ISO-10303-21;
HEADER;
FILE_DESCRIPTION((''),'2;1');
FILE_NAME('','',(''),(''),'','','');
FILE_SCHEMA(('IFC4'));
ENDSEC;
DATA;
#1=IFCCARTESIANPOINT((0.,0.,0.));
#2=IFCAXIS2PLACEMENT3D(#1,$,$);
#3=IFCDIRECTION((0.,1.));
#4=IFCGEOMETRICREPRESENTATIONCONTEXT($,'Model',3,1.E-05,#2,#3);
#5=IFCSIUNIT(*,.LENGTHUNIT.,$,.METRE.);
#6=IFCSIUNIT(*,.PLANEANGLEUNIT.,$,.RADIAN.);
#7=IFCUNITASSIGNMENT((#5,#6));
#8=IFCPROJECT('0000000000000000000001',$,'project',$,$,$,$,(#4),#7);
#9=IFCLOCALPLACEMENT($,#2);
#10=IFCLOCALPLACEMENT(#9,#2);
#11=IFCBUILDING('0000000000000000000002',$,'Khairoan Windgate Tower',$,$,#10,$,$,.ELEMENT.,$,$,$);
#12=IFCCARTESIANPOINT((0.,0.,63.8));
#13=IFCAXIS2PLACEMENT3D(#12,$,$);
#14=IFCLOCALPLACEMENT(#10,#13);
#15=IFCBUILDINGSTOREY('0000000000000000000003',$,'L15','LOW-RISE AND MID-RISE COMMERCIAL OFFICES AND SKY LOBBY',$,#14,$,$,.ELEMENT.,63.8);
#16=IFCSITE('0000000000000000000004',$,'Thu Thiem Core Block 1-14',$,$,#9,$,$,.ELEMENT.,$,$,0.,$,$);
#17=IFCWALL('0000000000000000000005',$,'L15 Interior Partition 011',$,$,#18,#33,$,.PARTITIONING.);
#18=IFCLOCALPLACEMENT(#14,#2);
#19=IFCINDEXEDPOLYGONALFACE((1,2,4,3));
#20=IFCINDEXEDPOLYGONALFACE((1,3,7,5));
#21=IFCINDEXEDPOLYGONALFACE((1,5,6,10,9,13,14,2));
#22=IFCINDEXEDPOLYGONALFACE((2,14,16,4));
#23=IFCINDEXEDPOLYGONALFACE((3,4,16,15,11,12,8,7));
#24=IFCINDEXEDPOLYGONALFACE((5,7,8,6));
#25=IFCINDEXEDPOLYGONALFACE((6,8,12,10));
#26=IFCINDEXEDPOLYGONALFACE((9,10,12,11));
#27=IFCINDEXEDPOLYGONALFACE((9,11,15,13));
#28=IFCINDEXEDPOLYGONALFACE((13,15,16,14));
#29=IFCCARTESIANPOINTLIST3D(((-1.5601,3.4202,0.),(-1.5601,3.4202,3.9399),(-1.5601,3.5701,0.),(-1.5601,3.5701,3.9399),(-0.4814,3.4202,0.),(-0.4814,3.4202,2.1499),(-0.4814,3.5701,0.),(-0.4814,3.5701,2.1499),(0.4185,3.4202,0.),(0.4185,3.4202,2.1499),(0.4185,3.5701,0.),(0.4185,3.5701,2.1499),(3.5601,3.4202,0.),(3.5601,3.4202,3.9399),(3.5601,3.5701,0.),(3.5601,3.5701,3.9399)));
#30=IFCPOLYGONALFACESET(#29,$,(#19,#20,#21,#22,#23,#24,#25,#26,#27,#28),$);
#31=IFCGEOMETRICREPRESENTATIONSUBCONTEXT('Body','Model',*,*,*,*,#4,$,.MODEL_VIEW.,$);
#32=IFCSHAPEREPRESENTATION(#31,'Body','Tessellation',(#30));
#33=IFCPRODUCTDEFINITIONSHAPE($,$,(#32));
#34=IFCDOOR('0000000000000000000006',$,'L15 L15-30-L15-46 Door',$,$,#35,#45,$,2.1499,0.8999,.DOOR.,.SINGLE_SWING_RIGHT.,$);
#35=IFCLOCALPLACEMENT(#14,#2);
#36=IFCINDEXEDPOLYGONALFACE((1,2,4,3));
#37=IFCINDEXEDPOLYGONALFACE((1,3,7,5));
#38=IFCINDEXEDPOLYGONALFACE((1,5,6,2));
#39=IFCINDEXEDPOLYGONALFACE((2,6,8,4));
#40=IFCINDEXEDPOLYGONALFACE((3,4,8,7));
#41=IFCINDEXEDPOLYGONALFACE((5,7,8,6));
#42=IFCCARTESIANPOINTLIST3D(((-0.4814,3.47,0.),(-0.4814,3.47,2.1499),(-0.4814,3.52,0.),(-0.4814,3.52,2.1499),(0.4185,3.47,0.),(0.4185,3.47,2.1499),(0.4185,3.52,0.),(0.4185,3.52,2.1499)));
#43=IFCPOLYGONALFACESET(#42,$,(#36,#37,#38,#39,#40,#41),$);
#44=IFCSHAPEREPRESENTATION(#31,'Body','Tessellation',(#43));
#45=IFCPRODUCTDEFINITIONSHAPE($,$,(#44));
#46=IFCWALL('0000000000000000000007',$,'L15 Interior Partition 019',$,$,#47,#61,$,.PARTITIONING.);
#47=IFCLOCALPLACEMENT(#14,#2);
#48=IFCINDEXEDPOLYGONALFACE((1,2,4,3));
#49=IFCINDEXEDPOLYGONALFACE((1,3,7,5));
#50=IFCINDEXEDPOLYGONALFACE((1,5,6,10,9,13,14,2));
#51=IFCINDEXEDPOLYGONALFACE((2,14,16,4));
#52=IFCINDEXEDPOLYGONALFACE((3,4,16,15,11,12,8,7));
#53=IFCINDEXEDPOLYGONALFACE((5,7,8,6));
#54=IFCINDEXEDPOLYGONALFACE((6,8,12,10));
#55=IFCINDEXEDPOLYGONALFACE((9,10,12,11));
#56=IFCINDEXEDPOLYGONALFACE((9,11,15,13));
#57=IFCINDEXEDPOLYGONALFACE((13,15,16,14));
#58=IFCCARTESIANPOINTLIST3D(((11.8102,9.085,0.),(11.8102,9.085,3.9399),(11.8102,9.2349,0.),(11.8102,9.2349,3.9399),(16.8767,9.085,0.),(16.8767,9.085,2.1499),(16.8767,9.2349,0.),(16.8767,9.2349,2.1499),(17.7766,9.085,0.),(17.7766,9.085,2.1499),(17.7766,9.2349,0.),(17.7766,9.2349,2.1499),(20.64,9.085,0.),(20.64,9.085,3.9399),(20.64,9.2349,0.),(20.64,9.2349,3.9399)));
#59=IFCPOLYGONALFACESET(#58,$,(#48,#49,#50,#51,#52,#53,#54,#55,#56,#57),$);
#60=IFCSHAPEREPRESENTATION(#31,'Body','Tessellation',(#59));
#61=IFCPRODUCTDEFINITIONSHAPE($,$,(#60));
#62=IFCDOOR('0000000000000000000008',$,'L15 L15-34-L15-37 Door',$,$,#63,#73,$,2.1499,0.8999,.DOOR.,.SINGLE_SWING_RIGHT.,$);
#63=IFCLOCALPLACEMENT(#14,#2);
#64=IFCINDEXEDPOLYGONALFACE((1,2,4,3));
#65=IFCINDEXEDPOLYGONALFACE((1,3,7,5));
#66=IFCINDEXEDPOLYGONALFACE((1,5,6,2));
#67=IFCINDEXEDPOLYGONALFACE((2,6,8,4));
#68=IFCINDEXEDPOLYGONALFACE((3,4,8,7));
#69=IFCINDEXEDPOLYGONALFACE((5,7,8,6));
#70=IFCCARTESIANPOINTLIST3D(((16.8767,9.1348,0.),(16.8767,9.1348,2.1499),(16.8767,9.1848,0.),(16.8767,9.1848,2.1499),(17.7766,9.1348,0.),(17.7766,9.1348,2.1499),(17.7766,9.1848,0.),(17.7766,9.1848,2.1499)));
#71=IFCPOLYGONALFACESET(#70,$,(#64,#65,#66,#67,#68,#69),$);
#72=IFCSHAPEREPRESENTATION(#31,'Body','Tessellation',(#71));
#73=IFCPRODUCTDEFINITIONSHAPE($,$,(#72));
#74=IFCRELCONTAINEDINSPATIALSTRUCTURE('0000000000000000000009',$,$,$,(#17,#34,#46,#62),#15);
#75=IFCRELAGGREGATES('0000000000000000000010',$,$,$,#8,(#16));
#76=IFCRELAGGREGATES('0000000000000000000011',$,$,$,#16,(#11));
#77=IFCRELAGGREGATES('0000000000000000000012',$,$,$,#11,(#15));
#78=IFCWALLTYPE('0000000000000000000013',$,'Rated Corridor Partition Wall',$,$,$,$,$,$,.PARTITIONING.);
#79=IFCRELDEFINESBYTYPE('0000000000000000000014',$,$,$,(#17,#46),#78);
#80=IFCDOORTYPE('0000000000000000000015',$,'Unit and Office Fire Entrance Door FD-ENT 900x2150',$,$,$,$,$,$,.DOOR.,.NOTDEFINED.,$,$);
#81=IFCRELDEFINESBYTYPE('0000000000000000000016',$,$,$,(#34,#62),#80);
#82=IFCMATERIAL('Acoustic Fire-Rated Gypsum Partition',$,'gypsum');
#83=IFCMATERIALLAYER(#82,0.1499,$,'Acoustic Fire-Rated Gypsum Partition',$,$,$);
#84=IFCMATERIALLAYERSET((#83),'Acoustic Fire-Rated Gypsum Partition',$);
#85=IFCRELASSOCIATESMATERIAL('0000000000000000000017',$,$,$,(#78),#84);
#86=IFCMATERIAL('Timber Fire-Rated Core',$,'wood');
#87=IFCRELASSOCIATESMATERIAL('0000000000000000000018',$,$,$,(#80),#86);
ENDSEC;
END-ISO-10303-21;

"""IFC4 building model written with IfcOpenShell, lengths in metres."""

from ifc_helpers import new_model, si_unit, direction, frame, frame_2d, origin, place, context, subcontext, project, spatial, rectangle, extrude, material, layer, layer_set, type_object, element, fill, save


model = new_model("IFC4")

# Units and contexts
model_context = context("Model", 3, precision=1e-05, world=origin(), true_north=direction((0.0, 1.0)))
body_context = subcontext(model_context, "Body", "Model", "MODEL_VIEW")
ifc_project = project(units=[si_unit("LENGTHUNIT", "METRE"), si_unit("PLANEANGLEUNIT", "RADIAN")], contexts=[model_context])

# Site, building, storey
site_placement = place(None, origin())
site = spatial("IfcSite", under=ifc_project, at=site_placement, Name="Thu Thiem Core Block 1-14", CompositionType="ELEMENT", RefElevation=0.0)
building_placement = place(site_placement, origin())
building = spatial("IfcBuilding", under=site, at=building_placement, Name="Khairoan Windgate Tower", CompositionType="ELEMENT")
storey_placement = place(building_placement, frame((0.0, 0.0, 63.8)))
storey = spatial("IfcBuildingStorey", under=building, at=storey_placement, Name="L15", Description="LOW-RISE AND MID-RISE COMMERCIAL OFFICES AND SKY LOBBY", CompositionType="ELEMENT", Elevation=63.8)

# Walls, openings, doors
ifc_material_1 = material(Name="Acoustic Fire-Rated Gypsum Partition", Category="gypsum")
ifc_layer_1 = layer(ifc_material_1, 0.1499, Name="Acoustic Fire-Rated Gypsum Partition")
ifc_layer_set_1 = layer_set([ifc_layer_1], Name="Acoustic Fire-Rated Gypsum Partition")
wall_type_1 = type_object("IfcWallType", Name="Rated Corridor Partition Wall", PredefinedType="PARTITIONING", material=ifc_layer_set_1)
ifc_material_2 = material(Name="Timber Fire-Rated Core", Category="wood")
door_type = type_object("IfcDoorType", Name="Unit and Office Fire Entrance Door FD-ENT 900x2150", OperationType="NOTDEFINED", PredefinedType="DOOR", material=ifc_material_2)
wall_1_placement = place(storey_placement, frame((-1.5601, 3.4951, 0.0), z_axis=(0.0, 0.0, 1.0), x_axis=(1.0, 0.0, 0.0)))
wall_1 = element("IfcWall", 1, at=wall_1_placement, inside=storey, type_object=wall_type_1, Name="L15 Interior Partition 011", PredefinedType="PARTITIONING", context=body_context, shape_type="SweptSolid", body=[
    extrude(rectangle(XDim=5.1201, YDim=0.1499, at=frame_2d((2.5601, 0.0))), origin(), (0.0, 0.0, 1.0), 3.9399),
])
opening_1_placement = place(wall_1_placement, frame((1.0786, 0.0, 0.0)))
opening_1 = element("IfcOpeningElement", 2, at=opening_1_placement, cuts=wall_1, PredefinedType="OPENING", context=body_context, shape_type="SweptSolid", body=[
    extrude(rectangle(XDim=0.8999, YDim=2.1499, at=frame_2d((0.45, 1.075))), frame((0.0, 0.085, 0.0), z_axis=(0.0, -1.0, 0.0), x_axis=(1.0, 0.0, 0.0)), (0.0, 0.0, 1.0), 0.1699),
])
door_1_placement = place(opening_1_placement, origin())
door_1 = element("IfcDoor", 3, at=door_1_placement, inside=storey, type_object=door_type, Name="L15 L15-30-L15-46 Door", OperationType="SINGLE_SWING_RIGHT", OverallHeight=2.1499, OverallWidth=0.8999, PredefinedType="DOOR", context=body_context, shape_type="SweptSolid", body=[
    extrude(rectangle(XDim=0.8999, YDim=2.1499, at=frame_2d((0.45, 1.075))), frame((0.0, 0.0249, 0.0), z_axis=(0.0, -1.0, 0.0), x_axis=(1.0, 0.0, 0.0)), (0.0, 0.0, 1.0), 0.05),
])
fill(opening_1, door_1)
wall_2_placement = place(storey_placement, frame((11.8101, 9.1599, 0.0), z_axis=(0.0, 0.0, 1.0), x_axis=(1.0, 0.0, 0.0)))
wall_2 = element("IfcWall", 4, at=wall_2_placement, inside=storey, type_object=wall_type_1, Name="L15 Interior Partition 019", PredefinedType="PARTITIONING", context=body_context, shape_type="SweptSolid", body=[
    extrude(rectangle(XDim=8.8298, YDim=0.1499, at=frame_2d((4.415, 0.0))), origin(), (0.0, 0.0, 1.0), 3.9399),
])
opening_2_placement = place(wall_2_placement, frame((5.0667, 0.0, 0.0)))
opening_2 = element("IfcOpeningElement", 5, at=opening_2_placement, cuts=wall_2, PredefinedType="OPENING", context=body_context, shape_type="SweptSolid", body=[
    extrude(rectangle(XDim=0.8999, YDim=2.1499, at=frame_2d((0.45, 1.075))), frame((0.0, 0.085, 0.0), z_axis=(0.0, -1.0, 0.0), x_axis=(1.0, 0.0, 0.0)), (0.0, 0.0, 1.0), 0.1699),
])
door_2_placement = place(opening_2_placement, origin())
door_2 = element("IfcDoor", 6, at=door_2_placement, inside=storey, type_object=door_type, Name="L15 L15-34-L15-37 Door", OperationType="SINGLE_SWING_RIGHT", OverallHeight=2.1499, OverallWidth=0.8999, PredefinedType="DOOR", context=body_context, shape_type="SweptSolid", body=[
    extrude(rectangle(XDim=0.8999, YDim=2.1499, at=frame_2d((0.45, 1.075))), frame((0.0, 0.0249, 0.0), z_axis=(0.0, -1.0, 0.0), x_axis=(1.0, 0.0, 0.0)), (0.0, 0.0, 1.0), 0.05),
])
fill(opening_2, door_2)

save(model, "model.ifc")
